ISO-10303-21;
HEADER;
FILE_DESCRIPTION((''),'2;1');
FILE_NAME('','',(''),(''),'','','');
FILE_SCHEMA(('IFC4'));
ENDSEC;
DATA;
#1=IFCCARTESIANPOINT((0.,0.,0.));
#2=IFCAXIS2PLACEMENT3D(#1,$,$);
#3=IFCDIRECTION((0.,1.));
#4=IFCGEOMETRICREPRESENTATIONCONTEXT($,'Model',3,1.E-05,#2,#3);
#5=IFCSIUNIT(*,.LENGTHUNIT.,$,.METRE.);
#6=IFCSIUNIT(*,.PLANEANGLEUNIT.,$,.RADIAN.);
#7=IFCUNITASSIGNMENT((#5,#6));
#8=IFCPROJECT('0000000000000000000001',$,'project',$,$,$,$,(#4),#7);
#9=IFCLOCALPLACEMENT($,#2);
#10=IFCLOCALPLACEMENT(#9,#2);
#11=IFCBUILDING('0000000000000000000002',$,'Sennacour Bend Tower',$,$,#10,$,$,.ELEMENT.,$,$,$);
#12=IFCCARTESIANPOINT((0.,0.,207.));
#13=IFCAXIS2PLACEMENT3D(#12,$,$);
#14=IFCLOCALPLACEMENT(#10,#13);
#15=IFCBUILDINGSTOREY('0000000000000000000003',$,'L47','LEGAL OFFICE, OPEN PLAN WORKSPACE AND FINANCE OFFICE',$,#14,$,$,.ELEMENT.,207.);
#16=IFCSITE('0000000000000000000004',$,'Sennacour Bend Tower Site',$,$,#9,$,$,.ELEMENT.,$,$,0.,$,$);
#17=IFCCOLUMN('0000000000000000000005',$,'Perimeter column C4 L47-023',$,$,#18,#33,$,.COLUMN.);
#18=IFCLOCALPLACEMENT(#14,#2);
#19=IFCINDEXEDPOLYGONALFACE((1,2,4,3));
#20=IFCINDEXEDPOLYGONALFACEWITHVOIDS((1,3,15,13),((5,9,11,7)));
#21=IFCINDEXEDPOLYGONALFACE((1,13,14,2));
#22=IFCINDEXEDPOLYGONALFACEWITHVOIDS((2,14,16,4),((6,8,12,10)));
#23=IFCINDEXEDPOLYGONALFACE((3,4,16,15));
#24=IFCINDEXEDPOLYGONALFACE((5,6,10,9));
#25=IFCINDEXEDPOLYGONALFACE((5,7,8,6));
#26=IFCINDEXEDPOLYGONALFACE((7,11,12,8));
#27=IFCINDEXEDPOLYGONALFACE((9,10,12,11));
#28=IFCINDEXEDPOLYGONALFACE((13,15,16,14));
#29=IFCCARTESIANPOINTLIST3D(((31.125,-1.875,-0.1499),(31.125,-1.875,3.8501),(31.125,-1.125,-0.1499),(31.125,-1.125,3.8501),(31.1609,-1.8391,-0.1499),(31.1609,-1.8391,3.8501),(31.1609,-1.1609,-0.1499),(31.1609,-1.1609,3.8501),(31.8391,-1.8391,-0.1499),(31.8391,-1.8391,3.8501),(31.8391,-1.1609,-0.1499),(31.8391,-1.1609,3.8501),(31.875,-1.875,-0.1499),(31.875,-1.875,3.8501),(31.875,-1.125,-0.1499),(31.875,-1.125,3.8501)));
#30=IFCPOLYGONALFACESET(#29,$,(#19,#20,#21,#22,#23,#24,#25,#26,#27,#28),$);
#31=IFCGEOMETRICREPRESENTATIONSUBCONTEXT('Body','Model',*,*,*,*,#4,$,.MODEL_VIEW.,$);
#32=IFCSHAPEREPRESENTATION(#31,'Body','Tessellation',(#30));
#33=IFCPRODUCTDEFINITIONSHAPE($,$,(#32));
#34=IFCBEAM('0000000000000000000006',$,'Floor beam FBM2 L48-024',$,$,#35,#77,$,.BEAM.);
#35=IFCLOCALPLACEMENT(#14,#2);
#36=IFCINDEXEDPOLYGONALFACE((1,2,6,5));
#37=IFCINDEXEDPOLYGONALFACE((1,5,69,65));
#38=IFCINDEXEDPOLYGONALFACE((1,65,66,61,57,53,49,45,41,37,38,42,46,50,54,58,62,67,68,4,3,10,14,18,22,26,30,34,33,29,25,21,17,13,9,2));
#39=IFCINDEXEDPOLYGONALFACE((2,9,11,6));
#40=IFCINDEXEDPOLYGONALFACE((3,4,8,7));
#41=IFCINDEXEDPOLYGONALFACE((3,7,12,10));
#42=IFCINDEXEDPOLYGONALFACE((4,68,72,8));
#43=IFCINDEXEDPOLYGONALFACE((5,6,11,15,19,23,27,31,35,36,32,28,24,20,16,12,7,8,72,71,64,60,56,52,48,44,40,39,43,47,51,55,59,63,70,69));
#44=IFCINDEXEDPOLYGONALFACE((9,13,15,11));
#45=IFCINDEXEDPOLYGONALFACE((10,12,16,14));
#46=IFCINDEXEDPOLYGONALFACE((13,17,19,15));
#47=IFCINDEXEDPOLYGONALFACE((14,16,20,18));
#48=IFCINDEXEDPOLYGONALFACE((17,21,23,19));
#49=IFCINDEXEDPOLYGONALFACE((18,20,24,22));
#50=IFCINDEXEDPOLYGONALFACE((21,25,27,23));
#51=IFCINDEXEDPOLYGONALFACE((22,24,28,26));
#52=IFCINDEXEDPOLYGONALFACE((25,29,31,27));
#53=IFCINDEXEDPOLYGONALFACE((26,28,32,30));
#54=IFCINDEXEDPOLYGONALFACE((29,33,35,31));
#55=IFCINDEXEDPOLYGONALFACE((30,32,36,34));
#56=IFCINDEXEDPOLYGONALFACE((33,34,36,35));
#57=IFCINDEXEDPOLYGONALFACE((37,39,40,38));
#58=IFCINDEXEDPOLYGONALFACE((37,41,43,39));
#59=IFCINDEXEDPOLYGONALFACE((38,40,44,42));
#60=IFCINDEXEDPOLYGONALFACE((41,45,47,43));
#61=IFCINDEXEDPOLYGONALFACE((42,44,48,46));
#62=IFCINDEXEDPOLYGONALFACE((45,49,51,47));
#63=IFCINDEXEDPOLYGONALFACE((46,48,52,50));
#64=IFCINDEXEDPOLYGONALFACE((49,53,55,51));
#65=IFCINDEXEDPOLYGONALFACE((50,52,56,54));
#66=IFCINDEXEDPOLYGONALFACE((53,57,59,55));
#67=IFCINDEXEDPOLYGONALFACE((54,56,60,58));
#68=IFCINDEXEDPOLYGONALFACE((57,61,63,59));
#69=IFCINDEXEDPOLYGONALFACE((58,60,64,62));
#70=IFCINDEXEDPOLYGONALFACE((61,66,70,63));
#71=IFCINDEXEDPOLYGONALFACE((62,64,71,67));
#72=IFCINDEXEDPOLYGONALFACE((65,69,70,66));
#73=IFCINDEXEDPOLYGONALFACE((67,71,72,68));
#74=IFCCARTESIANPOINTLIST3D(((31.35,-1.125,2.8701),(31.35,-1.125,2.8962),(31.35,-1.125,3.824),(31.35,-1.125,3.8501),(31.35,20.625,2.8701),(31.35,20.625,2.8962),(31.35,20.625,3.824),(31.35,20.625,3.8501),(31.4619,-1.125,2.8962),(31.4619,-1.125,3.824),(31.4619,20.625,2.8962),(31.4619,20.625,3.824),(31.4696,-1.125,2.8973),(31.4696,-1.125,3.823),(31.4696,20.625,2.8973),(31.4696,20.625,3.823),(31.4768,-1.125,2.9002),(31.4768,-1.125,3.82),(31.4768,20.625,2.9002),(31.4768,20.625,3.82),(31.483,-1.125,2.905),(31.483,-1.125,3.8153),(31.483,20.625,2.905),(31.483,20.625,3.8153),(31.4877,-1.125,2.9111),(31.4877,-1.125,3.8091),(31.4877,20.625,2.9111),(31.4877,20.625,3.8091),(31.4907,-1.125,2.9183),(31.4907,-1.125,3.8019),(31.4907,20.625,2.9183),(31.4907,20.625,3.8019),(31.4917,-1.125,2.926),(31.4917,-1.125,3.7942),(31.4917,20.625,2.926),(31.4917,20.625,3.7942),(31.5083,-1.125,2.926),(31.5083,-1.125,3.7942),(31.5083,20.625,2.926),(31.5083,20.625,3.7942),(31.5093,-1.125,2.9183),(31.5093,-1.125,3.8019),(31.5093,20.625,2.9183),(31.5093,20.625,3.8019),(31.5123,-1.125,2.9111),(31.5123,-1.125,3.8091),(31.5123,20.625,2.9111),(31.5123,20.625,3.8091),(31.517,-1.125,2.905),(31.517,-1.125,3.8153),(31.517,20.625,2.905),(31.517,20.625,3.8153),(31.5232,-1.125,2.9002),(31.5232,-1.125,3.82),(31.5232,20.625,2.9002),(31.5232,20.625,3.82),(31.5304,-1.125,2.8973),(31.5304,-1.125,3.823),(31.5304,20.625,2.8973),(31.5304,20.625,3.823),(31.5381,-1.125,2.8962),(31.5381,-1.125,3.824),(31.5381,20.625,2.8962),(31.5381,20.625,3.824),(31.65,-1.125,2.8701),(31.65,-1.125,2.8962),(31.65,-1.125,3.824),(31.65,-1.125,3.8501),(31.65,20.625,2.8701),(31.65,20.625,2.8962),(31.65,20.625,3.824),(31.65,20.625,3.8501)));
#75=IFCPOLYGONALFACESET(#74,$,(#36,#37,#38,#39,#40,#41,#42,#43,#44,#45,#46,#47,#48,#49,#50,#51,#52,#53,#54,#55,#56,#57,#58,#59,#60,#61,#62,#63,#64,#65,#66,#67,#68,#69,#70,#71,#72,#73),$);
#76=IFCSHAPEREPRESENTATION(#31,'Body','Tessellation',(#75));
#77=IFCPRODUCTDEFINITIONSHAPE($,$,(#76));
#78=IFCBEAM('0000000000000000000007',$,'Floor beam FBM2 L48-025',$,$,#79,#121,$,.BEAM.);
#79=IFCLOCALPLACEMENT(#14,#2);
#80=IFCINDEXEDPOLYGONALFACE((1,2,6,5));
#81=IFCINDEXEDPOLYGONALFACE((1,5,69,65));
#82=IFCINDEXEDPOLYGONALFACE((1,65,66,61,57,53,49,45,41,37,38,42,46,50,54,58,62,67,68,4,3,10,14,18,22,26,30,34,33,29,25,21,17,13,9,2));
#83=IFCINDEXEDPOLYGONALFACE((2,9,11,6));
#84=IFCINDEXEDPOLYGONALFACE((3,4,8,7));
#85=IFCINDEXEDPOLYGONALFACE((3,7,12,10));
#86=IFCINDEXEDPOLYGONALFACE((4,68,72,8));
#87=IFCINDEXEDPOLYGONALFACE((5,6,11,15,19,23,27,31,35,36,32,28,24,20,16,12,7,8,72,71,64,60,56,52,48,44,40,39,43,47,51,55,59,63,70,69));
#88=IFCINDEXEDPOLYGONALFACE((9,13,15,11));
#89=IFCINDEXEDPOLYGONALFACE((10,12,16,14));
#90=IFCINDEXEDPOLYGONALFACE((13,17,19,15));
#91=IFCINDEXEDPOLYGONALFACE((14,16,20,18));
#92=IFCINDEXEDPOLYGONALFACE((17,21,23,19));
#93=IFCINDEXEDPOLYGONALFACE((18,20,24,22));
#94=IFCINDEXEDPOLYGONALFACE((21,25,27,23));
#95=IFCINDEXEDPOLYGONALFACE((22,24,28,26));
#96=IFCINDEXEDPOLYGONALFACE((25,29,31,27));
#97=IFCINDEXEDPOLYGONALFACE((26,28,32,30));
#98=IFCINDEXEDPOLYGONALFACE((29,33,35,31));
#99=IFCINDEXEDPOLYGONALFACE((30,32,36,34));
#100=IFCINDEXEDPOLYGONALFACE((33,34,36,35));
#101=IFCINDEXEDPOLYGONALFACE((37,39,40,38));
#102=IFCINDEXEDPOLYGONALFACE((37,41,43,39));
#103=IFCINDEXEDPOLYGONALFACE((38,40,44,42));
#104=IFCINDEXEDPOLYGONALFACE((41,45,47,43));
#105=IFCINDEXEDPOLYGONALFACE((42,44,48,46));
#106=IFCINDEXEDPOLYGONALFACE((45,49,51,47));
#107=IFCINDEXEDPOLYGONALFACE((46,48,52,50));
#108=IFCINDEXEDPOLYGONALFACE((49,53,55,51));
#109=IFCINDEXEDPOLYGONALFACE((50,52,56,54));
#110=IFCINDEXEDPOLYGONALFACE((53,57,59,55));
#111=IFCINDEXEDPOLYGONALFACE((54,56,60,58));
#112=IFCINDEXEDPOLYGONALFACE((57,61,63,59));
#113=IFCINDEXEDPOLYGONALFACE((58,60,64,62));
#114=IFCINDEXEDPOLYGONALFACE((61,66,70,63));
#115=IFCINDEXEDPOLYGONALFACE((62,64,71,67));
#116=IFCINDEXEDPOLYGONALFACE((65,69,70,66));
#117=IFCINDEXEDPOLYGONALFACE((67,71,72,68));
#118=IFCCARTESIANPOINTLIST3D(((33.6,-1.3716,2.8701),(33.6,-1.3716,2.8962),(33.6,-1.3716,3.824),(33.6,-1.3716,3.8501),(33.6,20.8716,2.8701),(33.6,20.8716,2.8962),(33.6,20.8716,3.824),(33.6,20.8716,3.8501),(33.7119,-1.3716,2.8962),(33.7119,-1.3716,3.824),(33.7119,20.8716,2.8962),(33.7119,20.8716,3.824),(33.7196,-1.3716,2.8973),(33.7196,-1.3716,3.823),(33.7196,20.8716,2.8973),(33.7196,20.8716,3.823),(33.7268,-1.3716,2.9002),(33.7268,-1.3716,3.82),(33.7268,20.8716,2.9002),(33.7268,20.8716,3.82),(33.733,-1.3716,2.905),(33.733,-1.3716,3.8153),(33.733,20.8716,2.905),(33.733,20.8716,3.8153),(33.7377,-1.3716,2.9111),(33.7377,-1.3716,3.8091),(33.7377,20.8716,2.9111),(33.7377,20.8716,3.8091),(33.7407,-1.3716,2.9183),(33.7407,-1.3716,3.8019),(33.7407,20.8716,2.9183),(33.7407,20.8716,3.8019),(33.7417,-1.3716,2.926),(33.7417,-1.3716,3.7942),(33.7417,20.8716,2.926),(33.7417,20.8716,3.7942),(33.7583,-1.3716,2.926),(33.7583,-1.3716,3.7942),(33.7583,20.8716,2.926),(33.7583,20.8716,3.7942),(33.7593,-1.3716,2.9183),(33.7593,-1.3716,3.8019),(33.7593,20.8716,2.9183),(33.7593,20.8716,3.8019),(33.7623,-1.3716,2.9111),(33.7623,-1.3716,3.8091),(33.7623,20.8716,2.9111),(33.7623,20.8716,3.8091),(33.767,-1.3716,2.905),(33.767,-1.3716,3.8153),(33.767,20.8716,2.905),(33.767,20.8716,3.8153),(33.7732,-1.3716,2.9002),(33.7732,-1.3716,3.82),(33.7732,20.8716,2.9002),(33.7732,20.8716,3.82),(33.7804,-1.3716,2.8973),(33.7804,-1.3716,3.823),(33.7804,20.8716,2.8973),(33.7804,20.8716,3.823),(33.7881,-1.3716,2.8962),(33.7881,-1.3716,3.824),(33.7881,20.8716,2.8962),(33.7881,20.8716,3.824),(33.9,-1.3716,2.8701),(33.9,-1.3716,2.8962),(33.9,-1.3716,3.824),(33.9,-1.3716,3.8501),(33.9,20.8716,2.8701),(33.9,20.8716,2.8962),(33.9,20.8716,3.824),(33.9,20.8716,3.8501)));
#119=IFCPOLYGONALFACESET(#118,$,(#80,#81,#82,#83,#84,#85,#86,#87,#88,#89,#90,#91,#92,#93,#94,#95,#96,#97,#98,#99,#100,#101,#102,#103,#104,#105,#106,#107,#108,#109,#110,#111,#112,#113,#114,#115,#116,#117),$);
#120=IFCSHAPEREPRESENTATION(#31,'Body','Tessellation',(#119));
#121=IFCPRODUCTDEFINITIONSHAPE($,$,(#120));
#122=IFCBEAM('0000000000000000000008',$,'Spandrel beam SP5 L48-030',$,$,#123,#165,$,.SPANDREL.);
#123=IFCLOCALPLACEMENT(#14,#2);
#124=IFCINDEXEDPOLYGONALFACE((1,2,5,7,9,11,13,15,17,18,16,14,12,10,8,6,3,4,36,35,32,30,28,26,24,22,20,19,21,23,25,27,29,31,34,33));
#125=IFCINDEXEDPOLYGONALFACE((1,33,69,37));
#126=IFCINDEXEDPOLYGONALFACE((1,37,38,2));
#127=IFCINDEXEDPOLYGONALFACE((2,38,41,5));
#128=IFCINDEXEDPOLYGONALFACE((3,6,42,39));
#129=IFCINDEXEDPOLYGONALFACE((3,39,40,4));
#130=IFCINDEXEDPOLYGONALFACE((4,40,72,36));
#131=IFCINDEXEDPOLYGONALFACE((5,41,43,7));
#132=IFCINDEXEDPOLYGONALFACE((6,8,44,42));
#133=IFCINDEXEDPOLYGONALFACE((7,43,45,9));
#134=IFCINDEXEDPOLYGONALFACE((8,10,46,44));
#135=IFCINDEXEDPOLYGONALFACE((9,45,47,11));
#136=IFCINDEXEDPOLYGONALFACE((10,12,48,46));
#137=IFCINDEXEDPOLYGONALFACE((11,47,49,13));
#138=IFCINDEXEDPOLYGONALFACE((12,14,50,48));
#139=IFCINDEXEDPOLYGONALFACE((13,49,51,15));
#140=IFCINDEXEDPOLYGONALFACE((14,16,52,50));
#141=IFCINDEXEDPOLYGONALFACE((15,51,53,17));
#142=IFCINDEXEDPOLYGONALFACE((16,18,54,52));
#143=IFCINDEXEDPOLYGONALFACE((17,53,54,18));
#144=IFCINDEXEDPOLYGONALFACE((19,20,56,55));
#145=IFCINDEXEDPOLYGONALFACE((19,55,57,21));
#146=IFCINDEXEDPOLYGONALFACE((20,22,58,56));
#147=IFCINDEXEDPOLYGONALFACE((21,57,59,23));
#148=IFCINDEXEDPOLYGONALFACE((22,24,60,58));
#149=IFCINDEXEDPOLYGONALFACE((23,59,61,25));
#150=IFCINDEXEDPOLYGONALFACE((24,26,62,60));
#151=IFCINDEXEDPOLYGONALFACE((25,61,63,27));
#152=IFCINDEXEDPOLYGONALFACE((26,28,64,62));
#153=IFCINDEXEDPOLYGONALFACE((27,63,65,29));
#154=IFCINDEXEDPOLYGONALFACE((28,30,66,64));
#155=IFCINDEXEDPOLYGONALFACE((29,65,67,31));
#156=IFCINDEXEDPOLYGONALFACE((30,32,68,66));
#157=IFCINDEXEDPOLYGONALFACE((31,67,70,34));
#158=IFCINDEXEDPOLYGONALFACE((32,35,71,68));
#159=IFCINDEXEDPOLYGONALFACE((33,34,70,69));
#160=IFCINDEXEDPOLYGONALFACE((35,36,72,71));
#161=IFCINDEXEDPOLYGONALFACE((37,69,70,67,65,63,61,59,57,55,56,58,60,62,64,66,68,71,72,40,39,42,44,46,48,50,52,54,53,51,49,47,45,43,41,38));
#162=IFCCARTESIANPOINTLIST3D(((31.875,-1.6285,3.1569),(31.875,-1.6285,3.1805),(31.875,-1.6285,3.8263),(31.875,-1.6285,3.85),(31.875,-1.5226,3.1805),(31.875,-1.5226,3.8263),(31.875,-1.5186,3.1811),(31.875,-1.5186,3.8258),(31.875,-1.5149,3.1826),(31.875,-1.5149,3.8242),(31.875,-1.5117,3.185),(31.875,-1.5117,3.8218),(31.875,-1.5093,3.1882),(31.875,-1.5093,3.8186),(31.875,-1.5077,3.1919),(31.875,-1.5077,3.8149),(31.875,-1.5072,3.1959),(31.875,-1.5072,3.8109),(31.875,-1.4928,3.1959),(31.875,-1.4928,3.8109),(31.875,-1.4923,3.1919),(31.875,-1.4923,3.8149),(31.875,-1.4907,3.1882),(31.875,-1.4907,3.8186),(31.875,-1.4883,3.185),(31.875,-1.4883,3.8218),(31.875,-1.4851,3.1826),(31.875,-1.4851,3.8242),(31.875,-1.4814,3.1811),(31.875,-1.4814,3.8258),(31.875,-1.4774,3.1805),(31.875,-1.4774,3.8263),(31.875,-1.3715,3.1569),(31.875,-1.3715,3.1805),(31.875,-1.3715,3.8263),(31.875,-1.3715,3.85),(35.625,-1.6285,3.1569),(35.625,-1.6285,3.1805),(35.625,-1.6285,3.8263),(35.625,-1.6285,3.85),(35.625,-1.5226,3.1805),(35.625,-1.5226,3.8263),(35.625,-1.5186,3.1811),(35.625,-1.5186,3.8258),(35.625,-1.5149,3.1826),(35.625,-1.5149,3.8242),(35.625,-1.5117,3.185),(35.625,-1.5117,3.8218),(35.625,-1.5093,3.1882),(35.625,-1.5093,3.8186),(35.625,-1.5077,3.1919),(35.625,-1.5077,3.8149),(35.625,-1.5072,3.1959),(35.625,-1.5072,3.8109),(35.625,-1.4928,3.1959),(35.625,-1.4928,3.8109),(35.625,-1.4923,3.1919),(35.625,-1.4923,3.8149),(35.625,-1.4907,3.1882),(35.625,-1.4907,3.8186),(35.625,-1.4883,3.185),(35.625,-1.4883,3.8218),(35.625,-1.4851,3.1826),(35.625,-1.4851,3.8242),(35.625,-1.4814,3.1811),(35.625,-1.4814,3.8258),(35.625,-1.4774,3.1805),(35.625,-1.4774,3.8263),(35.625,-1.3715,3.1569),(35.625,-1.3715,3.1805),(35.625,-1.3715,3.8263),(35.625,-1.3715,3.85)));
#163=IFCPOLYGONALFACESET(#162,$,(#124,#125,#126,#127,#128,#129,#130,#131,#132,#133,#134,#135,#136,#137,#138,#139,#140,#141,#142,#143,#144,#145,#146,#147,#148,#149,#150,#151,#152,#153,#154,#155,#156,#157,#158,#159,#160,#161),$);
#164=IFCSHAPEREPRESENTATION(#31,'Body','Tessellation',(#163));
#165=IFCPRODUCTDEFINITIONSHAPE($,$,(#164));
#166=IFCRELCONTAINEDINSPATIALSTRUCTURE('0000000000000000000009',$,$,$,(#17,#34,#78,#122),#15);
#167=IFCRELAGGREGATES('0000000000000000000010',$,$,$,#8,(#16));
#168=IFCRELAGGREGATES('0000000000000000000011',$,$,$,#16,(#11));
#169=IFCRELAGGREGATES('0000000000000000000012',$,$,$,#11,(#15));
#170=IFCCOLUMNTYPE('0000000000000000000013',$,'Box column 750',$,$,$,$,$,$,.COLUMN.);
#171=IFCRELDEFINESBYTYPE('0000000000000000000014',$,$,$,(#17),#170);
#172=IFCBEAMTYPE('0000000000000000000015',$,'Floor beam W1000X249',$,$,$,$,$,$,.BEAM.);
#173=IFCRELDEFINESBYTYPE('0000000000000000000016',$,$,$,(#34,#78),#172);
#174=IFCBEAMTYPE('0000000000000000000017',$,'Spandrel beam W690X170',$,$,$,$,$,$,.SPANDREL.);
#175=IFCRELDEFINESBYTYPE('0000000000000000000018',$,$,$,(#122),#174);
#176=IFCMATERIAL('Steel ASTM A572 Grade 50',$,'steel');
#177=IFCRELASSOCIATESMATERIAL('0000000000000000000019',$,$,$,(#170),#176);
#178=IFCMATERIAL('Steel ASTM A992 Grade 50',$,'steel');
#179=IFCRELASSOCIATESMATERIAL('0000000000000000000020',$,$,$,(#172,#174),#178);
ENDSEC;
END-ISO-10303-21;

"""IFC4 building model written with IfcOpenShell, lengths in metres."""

from ifc_helpers import new_model, si_unit, direction, frame, origin, origin_2d, place, context, subcontext, project, spatial, hollow_rectangle, i_section, extrude, material, material_profile, profile_set, type_object, element, save


model = new_model("IFC4")

# Units and contexts
model_context = context("Model", 3, precision=1e-05, world=origin(), true_north=direction((0.0, 1.0)))
body_context = subcontext(model_context, "Body", "Model", "MODEL_VIEW")
ifc_project = project(units=[si_unit("LENGTHUNIT", "METRE"), si_unit("PLANEANGLEUNIT", "RADIAN")], contexts=[model_context])

# Site, building, storey
site_placement = place(None, origin())
site = spatial("IfcSite", under=ifc_project, at=site_placement, Name="Sennacour Bend Tower Site", CompositionType="ELEMENT", RefElevation=0.0)
building_placement = place(site_placement, origin())
building = spatial("IfcBuilding", under=site, at=building_placement, Name="Sennacour Bend Tower", CompositionType="ELEMENT")
storey_placement = place(building_placement, frame((0.0, 0.0, 207.0)))
storey = spatial("IfcBuildingStorey", under=building, at=storey_placement, Name="L47", Description="LEGAL OFFICE, OPEN PLAN WORKSPACE AND FINANCE OFFICE", CompositionType="ELEMENT", Elevation=207.0)

# Column
ifc_material_1 = material(Name="Steel ASTM A572 Grade 50", Category="steel")
ifc_material_profile_1 = material_profile(ifc_material_1, hollow_rectangle(XDim=0.75, YDim=0.75, WallThickness=0.0359, at=origin_2d()), Name="Steel ASTM A572 Grade 50", Category="steel")
ifc_profile_set_1 = profile_set([ifc_material_profile_1], Name="Steel ASTM A572 Grade 50")
column_type = type_object("IfcColumnType", Name="Box column 750", PredefinedType="COLUMN", material=ifc_profile_set_1)
column_placement = place(storey_placement, frame((31.5, -1.5, -0.1499), z_axis=(0.0, 0.0, 1.0), x_axis=(1.0, 0.0, 0.0)))
element("IfcColumn", 1, at=column_placement, inside=storey, type_object=column_type, Name="Perimeter column C4 L47-023", PredefinedType="COLUMN", context=body_context, shape_type="SweptSolid", body=[
    extrude(hollow_rectangle(XDim=0.75, YDim=0.75, WallThickness=0.0359, at=origin_2d()), origin(), (0.0, 0.0, 1.0), 4.0),
])

# Beams
ifc_material_2 = material(Name="Steel ASTM A992 Grade 50", Category="steel")
ifc_material_profile_2 = material_profile(ifc_material_2, i_section(OverallWidth=0.3, OverallDepth=0.98, WebThickness=0.0166, FlangeThickness=0.0261, FilletRadius=0.0298, at=origin_2d()), Name="Steel ASTM A992 Grade 50", Category="steel")
ifc_profile_set_2 = profile_set([ifc_material_profile_2], Name="Steel ASTM A992 Grade 50")
beam_type_1 = type_object("IfcBeamType", Name="Floor beam W1000X249", PredefinedType="BEAM", material=ifc_profile_set_2)
beam_1_placement = place(storey_placement, frame((31.5, -1.125, 3.3601), z_axis=(0.0, 1.0, 0.0), x_axis=(-1.0, 0.0, 0.0)))
element("IfcBeam", 2, at=beam_1_placement, inside=storey, type_object=beam_type_1, Name="Floor beam FBM2 L48-024", PredefinedType="BEAM", context=body_context, shape_type="SweptSolid", body=[
    extrude(i_section(OverallWidth=0.3, OverallDepth=0.98, WebThickness=0.0166, FlangeThickness=0.0261, FilletRadius=0.0298, at=origin_2d()), origin(), (0.0, 0.0, 1.0), 21.75),
])
beam_2_placement = place(storey_placement, frame((33.75, -1.3716, 3.3601), z_axis=(0.0, 1.0, 0.0), x_axis=(-1.0, 0.0, 0.0)))
element("IfcBeam", 3, at=beam_2_placement, inside=storey, type_object=beam_type_1, Name="Floor beam FBM2 L48-025", PredefinedType="BEAM", context=body_context, shape_type="SweptSolid", body=[
    extrude(i_section(OverallWidth=0.3, OverallDepth=0.98, WebThickness=0.0166, FlangeThickness=0.0261, FilletRadius=0.0298, at=origin_2d()), origin(), (0.0, 0.0, 1.0), 22.2432),
])
ifc_material_profile_3 = material_profile(ifc_material_2, i_section(OverallWidth=0.2571, OverallDepth=0.6931, WebThickness=0.0144, FlangeThickness=0.0237, FilletRadius=0.0154, at=origin_2d()), Name="Steel ASTM A992 Grade 50", Category="steel")
ifc_profile_set_3 = profile_set([ifc_material_profile_3], Name="Steel ASTM A992 Grade 50")
beam_type_2 = type_object("IfcBeamType", Name="Spandrel beam W690X170", PredefinedType="SPANDREL", material=ifc_profile_set_3)
for number, where, z_axis, x_axis, name in (
    (4, (35.625, -1.5, 3.5034), (-1.0, 0.0, 0.0), (0.0, -1.0, 0.0), "Spandrel beam SP5 L48-030"),
):
    element("IfcBeam", number, at=place(storey_placement, frame(where, z_axis=z_axis, x_axis=x_axis)), inside=storey, type_object=beam_type_2, Name=name, PredefinedType="SPANDREL", context=body_context, shape_type="SweptSolid", body=[
        extrude(i_section(OverallWidth=0.2571, OverallDepth=0.6931, WebThickness=0.0144, FlangeThickness=0.0237, FilletRadius=0.0154, at=origin_2d()), origin(), (0.0, 0.0, 1.0), 3.75),
    ])

save(model, "model.ifc")
